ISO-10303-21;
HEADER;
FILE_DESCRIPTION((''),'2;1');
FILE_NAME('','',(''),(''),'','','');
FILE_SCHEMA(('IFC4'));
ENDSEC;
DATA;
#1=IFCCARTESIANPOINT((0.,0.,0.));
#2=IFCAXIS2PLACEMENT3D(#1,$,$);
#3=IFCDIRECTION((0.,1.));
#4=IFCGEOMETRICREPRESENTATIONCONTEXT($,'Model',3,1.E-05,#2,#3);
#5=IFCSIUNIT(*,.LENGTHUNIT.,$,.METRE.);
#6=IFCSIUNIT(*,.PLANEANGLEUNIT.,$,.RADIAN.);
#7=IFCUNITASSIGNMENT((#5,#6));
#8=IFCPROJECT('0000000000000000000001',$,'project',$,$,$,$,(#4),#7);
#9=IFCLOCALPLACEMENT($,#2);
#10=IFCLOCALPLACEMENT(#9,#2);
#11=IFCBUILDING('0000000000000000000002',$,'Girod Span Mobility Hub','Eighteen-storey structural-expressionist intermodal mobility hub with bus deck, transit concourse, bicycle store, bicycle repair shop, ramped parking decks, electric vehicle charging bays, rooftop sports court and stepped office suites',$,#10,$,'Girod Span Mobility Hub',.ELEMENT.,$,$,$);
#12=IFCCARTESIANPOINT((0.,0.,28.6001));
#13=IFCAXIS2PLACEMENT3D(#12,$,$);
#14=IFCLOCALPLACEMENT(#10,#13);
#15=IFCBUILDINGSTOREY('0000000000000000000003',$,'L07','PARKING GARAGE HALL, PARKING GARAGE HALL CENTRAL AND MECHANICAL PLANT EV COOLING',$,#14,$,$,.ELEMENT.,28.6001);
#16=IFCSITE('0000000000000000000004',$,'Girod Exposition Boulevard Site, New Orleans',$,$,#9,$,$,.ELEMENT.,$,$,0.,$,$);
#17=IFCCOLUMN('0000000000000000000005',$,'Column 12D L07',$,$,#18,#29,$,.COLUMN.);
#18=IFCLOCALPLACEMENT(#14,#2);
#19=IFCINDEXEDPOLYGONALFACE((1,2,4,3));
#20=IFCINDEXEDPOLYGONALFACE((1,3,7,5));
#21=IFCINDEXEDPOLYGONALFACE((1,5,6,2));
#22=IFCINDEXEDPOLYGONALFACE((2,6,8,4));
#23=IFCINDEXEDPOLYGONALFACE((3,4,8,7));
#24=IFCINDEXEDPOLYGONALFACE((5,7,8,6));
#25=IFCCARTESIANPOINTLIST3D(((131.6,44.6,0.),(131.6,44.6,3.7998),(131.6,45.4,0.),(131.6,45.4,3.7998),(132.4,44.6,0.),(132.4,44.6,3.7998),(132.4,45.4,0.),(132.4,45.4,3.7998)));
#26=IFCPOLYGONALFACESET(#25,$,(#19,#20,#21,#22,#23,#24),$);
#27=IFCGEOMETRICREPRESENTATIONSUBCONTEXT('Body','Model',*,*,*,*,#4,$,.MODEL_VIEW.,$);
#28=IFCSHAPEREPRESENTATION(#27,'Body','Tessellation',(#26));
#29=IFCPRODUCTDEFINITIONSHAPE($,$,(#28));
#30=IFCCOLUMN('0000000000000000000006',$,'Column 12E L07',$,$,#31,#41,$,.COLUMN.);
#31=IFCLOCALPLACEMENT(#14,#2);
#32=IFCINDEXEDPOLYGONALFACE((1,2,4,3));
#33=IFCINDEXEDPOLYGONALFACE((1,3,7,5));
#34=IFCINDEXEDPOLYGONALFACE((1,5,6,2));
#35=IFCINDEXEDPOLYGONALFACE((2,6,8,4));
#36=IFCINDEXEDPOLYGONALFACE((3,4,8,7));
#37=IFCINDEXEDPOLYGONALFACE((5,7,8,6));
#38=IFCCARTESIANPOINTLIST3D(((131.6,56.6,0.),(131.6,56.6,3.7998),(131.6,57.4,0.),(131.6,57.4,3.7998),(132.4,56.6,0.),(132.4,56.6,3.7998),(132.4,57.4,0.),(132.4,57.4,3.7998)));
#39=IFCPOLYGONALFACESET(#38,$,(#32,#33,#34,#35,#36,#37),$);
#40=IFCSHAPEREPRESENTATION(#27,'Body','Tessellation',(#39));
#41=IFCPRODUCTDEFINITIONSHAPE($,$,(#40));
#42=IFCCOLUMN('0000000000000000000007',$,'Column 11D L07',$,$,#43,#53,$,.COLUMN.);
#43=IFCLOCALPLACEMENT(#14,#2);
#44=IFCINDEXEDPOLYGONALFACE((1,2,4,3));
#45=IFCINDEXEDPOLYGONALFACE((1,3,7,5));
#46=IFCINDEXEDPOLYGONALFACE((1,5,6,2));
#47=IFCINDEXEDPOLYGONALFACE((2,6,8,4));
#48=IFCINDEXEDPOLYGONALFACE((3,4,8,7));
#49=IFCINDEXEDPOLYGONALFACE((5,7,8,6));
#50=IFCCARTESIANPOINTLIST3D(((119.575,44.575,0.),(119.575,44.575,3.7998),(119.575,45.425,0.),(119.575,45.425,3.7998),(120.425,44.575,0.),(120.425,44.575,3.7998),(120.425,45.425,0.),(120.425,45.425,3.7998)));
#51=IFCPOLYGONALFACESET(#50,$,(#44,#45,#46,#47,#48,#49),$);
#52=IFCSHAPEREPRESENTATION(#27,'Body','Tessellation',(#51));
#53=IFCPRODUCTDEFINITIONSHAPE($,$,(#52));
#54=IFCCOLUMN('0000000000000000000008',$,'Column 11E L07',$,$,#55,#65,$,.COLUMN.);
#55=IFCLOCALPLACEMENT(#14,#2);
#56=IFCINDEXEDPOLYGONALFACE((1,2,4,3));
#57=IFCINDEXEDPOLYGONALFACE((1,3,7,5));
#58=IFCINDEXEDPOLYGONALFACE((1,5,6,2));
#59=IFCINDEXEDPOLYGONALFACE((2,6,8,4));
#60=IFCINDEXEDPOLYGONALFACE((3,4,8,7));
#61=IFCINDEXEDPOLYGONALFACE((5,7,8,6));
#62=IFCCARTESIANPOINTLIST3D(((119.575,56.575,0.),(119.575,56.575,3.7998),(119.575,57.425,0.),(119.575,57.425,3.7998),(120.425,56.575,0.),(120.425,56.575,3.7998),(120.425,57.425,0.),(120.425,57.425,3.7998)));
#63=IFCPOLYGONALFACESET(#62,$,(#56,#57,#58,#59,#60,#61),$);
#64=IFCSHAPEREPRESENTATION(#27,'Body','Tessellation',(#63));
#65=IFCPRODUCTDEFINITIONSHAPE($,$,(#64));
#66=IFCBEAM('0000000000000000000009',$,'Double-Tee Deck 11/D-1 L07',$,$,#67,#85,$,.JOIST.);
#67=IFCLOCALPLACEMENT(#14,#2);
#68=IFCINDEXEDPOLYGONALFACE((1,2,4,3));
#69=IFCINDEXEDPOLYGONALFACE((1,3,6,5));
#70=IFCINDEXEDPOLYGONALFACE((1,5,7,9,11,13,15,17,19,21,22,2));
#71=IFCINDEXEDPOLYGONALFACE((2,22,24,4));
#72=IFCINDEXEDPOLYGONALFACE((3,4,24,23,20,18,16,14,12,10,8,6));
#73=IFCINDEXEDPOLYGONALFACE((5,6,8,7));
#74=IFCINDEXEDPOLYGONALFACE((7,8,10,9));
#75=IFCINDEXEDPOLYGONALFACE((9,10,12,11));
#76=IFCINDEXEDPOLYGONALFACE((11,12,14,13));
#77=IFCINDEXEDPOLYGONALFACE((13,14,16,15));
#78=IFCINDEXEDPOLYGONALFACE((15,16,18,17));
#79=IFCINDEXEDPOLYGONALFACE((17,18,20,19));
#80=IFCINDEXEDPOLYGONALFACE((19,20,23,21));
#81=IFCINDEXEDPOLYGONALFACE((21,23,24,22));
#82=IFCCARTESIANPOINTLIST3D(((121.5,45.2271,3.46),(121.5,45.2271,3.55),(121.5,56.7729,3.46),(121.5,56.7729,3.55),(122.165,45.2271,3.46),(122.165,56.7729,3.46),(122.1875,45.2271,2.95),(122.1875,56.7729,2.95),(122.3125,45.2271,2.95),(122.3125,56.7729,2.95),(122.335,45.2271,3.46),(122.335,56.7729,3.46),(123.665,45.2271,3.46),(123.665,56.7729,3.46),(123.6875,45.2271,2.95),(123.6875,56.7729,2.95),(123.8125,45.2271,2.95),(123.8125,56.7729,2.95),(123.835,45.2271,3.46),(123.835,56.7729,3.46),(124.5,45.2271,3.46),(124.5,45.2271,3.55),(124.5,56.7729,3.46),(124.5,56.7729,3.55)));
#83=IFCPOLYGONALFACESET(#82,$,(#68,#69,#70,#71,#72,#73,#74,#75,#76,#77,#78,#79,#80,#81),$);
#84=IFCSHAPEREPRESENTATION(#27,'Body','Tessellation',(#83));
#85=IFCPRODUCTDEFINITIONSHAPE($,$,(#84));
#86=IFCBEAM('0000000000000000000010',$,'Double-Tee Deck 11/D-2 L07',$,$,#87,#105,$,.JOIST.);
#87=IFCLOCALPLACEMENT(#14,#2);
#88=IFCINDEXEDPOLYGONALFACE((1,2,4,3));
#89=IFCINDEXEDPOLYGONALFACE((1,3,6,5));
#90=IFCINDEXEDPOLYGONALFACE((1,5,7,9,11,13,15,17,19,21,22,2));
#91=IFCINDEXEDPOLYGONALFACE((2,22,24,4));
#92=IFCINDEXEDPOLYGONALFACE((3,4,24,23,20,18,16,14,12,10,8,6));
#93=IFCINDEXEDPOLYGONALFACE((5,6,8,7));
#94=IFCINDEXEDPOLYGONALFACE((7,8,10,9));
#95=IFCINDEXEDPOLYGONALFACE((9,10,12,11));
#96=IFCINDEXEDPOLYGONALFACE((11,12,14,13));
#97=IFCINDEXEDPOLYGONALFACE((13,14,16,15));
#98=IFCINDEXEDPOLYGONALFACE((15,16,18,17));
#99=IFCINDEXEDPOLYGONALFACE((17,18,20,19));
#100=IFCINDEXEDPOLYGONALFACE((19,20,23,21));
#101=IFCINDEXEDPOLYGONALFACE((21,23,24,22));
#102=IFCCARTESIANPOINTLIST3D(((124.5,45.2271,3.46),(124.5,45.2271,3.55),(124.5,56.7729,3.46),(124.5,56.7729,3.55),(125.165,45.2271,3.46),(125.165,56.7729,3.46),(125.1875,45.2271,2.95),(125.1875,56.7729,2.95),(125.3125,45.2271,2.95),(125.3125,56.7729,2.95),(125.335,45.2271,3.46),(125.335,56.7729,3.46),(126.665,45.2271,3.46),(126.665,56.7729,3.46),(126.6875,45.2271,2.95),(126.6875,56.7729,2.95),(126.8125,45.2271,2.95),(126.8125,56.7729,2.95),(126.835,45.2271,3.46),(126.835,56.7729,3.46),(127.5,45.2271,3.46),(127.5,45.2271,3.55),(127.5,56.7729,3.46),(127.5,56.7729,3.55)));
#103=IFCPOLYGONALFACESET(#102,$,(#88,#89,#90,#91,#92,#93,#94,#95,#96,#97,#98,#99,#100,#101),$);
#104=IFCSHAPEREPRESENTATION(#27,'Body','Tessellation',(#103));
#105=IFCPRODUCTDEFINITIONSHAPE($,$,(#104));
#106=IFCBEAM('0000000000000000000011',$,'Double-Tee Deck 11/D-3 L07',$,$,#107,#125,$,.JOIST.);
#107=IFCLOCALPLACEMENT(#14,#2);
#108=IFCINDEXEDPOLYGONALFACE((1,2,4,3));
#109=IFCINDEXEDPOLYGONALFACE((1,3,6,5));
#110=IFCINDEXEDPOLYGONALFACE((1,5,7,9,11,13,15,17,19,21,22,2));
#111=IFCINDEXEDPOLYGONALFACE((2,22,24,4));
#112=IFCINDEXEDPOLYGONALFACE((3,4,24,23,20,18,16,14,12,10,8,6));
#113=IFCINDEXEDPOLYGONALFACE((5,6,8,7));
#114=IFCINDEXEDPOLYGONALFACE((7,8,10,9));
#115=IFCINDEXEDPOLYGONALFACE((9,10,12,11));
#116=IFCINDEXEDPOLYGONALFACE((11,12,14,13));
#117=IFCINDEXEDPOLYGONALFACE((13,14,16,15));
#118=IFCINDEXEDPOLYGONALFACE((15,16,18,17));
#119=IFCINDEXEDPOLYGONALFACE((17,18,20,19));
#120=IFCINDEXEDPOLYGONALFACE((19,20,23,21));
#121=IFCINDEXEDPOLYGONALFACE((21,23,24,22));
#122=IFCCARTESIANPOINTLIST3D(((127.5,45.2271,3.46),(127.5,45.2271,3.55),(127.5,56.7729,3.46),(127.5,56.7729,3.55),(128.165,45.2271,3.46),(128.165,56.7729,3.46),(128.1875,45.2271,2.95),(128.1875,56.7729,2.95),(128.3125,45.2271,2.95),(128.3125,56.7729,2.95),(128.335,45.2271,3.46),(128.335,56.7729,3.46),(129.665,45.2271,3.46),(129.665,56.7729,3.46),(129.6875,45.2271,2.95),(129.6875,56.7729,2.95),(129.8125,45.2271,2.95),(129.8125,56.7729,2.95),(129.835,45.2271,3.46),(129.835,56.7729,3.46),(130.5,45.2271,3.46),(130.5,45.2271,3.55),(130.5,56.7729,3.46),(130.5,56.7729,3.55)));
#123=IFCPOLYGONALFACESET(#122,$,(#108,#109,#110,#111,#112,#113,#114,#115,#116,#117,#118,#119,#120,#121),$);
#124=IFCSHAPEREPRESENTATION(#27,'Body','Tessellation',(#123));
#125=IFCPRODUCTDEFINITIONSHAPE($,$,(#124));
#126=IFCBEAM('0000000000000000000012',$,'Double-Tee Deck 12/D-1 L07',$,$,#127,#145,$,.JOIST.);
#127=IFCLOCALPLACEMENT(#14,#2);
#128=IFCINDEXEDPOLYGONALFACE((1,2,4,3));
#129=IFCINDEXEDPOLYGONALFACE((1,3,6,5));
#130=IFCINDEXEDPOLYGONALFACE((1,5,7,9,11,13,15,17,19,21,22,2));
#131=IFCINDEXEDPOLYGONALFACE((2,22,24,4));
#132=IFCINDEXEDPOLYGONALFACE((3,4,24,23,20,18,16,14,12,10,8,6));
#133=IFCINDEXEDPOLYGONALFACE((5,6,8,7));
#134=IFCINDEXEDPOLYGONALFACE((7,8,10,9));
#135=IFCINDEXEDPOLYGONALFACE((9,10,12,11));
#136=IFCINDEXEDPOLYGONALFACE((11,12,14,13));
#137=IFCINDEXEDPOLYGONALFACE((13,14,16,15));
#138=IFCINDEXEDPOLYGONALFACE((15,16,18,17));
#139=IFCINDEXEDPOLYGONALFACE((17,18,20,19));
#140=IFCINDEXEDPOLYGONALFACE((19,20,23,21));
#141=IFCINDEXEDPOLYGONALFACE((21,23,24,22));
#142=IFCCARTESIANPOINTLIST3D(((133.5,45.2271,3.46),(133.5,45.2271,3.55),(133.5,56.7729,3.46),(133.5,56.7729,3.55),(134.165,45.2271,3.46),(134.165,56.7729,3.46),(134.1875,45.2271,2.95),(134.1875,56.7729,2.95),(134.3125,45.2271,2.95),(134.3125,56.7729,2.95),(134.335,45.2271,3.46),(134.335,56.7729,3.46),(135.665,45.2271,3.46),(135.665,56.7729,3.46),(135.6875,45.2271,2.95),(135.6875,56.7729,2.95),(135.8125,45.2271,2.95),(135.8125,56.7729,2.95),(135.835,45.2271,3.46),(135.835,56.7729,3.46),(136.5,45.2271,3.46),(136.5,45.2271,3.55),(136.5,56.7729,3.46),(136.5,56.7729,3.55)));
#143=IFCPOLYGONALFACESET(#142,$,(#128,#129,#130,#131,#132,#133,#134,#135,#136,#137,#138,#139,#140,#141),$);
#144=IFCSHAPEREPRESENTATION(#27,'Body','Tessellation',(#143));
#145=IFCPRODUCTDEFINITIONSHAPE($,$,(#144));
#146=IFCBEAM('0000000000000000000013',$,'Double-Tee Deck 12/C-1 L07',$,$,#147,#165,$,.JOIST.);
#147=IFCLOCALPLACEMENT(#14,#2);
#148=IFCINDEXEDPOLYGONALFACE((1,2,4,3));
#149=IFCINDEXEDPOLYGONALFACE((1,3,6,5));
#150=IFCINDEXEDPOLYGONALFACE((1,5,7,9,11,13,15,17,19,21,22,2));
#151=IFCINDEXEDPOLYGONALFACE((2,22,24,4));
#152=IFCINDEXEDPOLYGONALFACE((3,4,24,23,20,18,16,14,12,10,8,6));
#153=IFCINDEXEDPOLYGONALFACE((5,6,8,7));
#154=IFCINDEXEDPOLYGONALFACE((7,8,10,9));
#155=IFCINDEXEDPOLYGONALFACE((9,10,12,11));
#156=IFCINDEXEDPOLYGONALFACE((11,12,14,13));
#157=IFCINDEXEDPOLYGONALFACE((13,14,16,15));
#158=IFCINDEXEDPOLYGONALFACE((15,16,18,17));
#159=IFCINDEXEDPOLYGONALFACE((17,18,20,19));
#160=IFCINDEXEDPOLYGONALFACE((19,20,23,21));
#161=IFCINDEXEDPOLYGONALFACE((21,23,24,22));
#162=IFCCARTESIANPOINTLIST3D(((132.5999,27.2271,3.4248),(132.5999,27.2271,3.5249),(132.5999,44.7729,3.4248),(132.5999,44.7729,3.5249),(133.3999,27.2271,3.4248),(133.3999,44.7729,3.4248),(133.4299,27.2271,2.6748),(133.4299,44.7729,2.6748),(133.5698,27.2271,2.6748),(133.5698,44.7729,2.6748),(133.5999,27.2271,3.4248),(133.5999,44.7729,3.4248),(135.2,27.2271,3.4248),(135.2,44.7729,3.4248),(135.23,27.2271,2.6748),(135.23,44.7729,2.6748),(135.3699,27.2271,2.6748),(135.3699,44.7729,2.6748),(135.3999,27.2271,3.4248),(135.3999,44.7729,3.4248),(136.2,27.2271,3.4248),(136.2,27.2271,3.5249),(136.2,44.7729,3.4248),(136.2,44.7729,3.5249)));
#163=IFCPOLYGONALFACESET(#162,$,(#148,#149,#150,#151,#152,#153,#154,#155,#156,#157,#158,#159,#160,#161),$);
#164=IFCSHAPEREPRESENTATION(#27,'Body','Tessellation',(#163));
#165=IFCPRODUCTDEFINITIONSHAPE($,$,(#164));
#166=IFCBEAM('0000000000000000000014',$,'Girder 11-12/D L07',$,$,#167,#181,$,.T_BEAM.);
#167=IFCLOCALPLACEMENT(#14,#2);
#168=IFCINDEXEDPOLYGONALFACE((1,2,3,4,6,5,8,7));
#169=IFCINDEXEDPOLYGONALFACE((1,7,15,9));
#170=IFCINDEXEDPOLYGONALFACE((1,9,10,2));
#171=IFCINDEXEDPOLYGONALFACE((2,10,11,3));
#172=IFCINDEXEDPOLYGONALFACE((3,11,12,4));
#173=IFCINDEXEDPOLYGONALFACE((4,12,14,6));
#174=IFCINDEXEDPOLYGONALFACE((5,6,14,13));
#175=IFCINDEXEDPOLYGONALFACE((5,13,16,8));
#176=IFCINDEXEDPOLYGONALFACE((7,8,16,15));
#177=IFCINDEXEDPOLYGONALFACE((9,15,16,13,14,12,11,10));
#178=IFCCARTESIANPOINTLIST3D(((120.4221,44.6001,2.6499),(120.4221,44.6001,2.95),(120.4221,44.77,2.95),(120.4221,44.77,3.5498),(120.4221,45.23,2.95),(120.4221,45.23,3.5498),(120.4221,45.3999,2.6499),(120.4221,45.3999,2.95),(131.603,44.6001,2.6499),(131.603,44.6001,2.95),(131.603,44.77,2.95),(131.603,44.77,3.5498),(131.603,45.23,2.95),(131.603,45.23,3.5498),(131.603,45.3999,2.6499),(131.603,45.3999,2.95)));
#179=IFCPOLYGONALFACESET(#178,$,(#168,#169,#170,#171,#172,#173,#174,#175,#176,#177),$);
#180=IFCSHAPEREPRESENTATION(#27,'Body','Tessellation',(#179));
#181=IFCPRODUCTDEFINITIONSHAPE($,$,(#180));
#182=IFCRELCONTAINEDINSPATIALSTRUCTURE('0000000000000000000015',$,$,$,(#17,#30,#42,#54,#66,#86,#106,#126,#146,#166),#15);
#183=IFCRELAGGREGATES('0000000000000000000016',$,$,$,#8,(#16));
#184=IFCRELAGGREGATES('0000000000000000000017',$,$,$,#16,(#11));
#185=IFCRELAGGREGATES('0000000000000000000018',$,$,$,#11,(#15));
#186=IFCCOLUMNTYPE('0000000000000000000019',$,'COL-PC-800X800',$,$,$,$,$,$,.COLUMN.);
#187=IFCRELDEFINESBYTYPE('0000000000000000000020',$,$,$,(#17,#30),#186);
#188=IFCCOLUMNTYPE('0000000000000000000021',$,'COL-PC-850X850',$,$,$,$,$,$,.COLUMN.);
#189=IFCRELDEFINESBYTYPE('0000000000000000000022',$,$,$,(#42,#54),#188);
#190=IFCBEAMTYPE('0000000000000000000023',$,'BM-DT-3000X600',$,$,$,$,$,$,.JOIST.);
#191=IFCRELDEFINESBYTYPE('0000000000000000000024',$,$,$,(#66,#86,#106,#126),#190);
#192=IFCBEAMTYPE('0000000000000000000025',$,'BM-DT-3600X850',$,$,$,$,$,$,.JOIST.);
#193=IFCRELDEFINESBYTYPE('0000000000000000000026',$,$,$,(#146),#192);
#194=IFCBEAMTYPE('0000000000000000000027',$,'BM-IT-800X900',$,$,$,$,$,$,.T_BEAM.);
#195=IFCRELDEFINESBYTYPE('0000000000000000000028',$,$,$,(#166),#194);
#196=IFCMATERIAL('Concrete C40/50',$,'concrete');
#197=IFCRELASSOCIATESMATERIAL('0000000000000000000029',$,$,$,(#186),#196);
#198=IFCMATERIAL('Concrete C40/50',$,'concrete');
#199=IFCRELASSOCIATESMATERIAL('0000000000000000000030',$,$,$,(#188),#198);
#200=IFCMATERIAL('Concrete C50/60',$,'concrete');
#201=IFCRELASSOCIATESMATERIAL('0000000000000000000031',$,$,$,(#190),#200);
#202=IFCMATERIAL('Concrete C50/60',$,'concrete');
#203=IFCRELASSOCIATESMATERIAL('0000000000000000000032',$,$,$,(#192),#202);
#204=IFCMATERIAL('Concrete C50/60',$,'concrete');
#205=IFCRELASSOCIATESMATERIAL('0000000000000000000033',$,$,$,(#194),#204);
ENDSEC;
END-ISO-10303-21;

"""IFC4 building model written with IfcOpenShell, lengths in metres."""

from ifc_helpers import new_model, si_unit, direction, frame, origin, origin_2d, place, context, subcontext, project, spatial, polyline, rectangle, outline, extrude, material, material_profile, profile_set, type_object, element, save


model = new_model("IFC4")

# Units and contexts
model_context = context("Model", 3, precision=1e-05, world=origin(), true_north=direction((0.0, 1.0)))
body_context = subcontext(model_context, "Body", "Model", "MODEL_VIEW")
ifc_project = project(units=[si_unit("LENGTHUNIT", "METRE"), si_unit("PLANEANGLEUNIT", "RADIAN")], contexts=[model_context])

# Site, building, storey
site_placement = place(None, origin())
site = spatial("IfcSite", under=ifc_project, at=site_placement, Name="Girod Exposition Boulevard Site, New Orleans", CompositionType="ELEMENT", RefElevation=0.0)
building_placement = place(site_placement, origin())
building = spatial("IfcBuilding", under=site, at=building_placement, Name="Girod Span Mobility Hub", Description="Eighteen-storey structural-expressionist intermodal mobility hub with bus deck, transit concourse, bicycle store, bicycle repair shop, ramped parking decks, electric vehicle charging bays, rooftop sports court and stepped office suites", LongName="Girod Span Mobility Hub", CompositionType="ELEMENT")
storey_placement = place(building_placement, frame((0.0, 0.0, 28.6001)))
storey = spatial("IfcBuildingStorey", under=building, at=storey_placement, Name="L07", Description="PARKING GARAGE HALL, PARKING GARAGE HALL CENTRAL AND MECHANICAL PLANT EV COOLING", CompositionType="ELEMENT", Elevation=28.6001)

# Columns
ifc_material_1 = material(Name="Concrete C40/50", Category="concrete")
ifc_material_profile_1 = material_profile(ifc_material_1, rectangle(XDim=0.8, YDim=0.8, at=origin_2d()), Name="PC-COL-800X800")
ifc_profile_set_1 = profile_set([ifc_material_profile_1], Name="Concrete C40/50")
column_type_1 = type_object("IfcColumnType", Name="COL-PC-800X800", PredefinedType="COLUMN", material=ifc_profile_set_1)
for number, where, z_axis, x_axis, name in (
    (1, (132.0, 45.0, 0.0), (0.0, 0.0, 1.0), (1.0, 0.0, 0.0), "Column 12D L07"),
    (2, (132.0, 57.0, 0.0), (0.0, 0.0, 1.0), (1.0, 0.0, 0.0), "Column 12E L07"),
):
    element("IfcColumn", number, at=place(storey_placement, frame(where, z_axis=z_axis, x_axis=x_axis)), inside=storey, type_object=column_type_1, Name=name, PredefinedType="COLUMN", context=body_context, shape_type="SweptSolid", body=[
        extrude(rectangle(XDim=0.8, YDim=0.8, at=origin_2d()), origin(), (0.0, 0.0, 1.0), 3.7998),
    ])
ifc_material_2 = material(Name="Concrete C40/50", Category="concrete")
ifc_material_profile_2 = material_profile(ifc_material_2, rectangle(XDim=0.8501, YDim=0.8501, at=origin_2d()), Name="PC-COL-850X850")
ifc_profile_set_2 = profile_set([ifc_material_profile_2], Name="Concrete C40/50")
column_type_2 = type_object("IfcColumnType", Name="COL-PC-850X850", PredefinedType="COLUMN", material=ifc_profile_set_2)
for number, where, z_axis, x_axis, name in (
    (3, (120.0, 45.0, 0.0), (0.0, 0.0, 1.0), (1.0, 0.0, 0.0), "Column 11D L07"),
    (4, (120.0, 57.0, 0.0), (0.0, 0.0, 1.0), (1.0, 0.0, 0.0), "Column 11E L07"),
):
    element("IfcColumn", number, at=place(storey_placement, frame(where, z_axis=z_axis, x_axis=x_axis)), inside=storey, type_object=column_type_2, Name=name, PredefinedType="COLUMN", context=body_context, shape_type="SweptSolid", body=[
        extrude(rectangle(XDim=0.8501, YDim=0.8501, at=origin_2d()), origin(), (0.0, 0.0, 1.0), 3.7998),
    ])

# Beams
ifc_material_3 = material(Name="Concrete C50/60", Category="concrete")
ifc_material_profile_3 = material_profile(ifc_material_3, outline(polyline([(-1.5, 0.3), (-1.5, 0.21), (-0.835, 0.21), (-0.8125, -0.3), (-0.6875, -0.3), (-0.665, 0.21), (0.665, 0.21), (0.6875, -0.3), (0.8125, -0.3), (0.835, 0.21), (1.5, 0.21), (1.5, 0.3), (-1.5, 0.3)])), Name="DT-3000X600")
ifc_profile_set_3 = profile_set([ifc_material_profile_3], Name="Concrete C50/60")
beam_type_1 = type_object("IfcBeamType", Name="BM-DT-3000X600", PredefinedType="JOIST", material=ifc_profile_set_3)
for number, where, z_axis, x_axis, name in (
    (5, (123.0, 45.2271, 3.25), (0.0, 1.0, 0.0), (-1.0, 0.0, 0.0), "Double-Tee Deck 11/D-1 L07"),
    (6, (126.0, 45.2271, 3.25), (0.0, 1.0, 0.0), (-1.0, 0.0, 0.0), "Double-Tee Deck 11/D-2 L07"),
    (7, (129.0, 45.2271, 3.25), (0.0, 1.0, 0.0), (-1.0, 0.0, 0.0), "Double-Tee Deck 11/D-3 L07"),
    (8, (135.0, 45.2271, 3.25), (0.0, 1.0, 0.0), (-1.0, 0.0, 0.0), "Double-Tee Deck 12/D-1 L07"),
):
    element("IfcBeam", number, at=place(storey_placement, frame(where, z_axis=z_axis, x_axis=x_axis)), inside=storey, type_object=beam_type_1, Name=name, PredefinedType="JOIST", context=body_context, shape_type="SweptSolid", body=[
        extrude(outline(polyline([(-1.5, 0.3), (-1.5, 0.21), (-0.835, 0.21), (-0.8125, -0.3), (-0.6875, -0.3), (-0.665, 0.21), (0.665, 0.21), (0.6875, -0.3), (0.8125, -0.3), (0.835, 0.21), (1.5, 0.21), (1.5, 0.3), (-1.5, 0.3)])), origin(), (0.0, 0.0, 1.0), 11.5459),
    ])
ifc_material_4 = material(Name="Concrete C50/60", Category="concrete")
ifc_material_profile_4 = material_profile(ifc_material_4, outline(polyline([(-1.8, 0.425), (-1.8, 0.325), (-1.0, 0.325), (-0.97, -0.425), (-0.8301, -0.425), (-0.8, 0.325), (0.8, 0.325), (0.8301, -0.425), (0.97, -0.425), (1.0, 0.325), (1.8, 0.325), (1.8, 0.425), (-1.8, 0.425)])), Name="DT-3600X850")
ifc_profile_set_4 = profile_set([ifc_material_profile_4], Name="Concrete C50/60")
beam_type_2 = type_object("IfcBeamType", Name="BM-DT-3600X850", PredefinedType="JOIST", material=ifc_profile_set_4)
beam_1_placement = place(storey_placement, frame((134.3999, 27.2271, 3.0999), z_axis=(0.0, 1.0, 0.0), x_axis=(-1.0, 0.0, 0.0)))
element("IfcBeam", 9, at=beam_1_placement, inside=storey, type_object=beam_type_2, Name="Double-Tee Deck 12/C-1 L07", PredefinedType="JOIST", context=body_context, shape_type="SweptSolid", body=[
    extrude(outline(polyline([(-1.8, 0.425), (-1.8, 0.325), (-1.0, 0.325), (-0.97, -0.425), (-0.8301, -0.425), (-0.8, 0.325), (0.8, 0.325), (0.8301, -0.425), (0.97, -0.425), (1.0, 0.325), (1.8, 0.325), (1.8, 0.425), (-1.8, 0.425)])), origin(), (0.0, 0.0, 1.0), 17.5459),
])
ifc_material_5 = material(Name="Concrete C50/60", Category="concrete")
ifc_material_profile_5 = material_profile(ifc_material_5, outline(polyline([(-0.3999, -0.45), (0.3999, -0.45), (0.3999, -0.1499), (0.23, -0.1499), (0.23, 0.45), (-0.23, 0.45), (-0.23, -0.1499), (-0.3999, -0.1499), (-0.3999, -0.45)])), Name="IT-800X900")
ifc_profile_set_5 = profile_set([ifc_material_profile_5], Name="Concrete C50/60")
beam_type_3 = type_object("IfcBeamType", Name="BM-IT-800X900", PredefinedType="T_BEAM", material=ifc_profile_set_5)
beam_2_placement = place(storey_placement, frame((120.4221, 45.0, 3.0999), z_axis=(1.0, 0.0, 0.0), x_axis=(0.0, 1.0, 0.0)))
element("IfcBeam", 10, at=beam_2_placement, inside=storey, type_object=beam_type_3, Name="Girder 11-12/D L07", PredefinedType="T_BEAM", context=body_context, shape_type="SweptSolid", body=[
    extrude(outline(polyline([(-0.3999, -0.45), (0.3999, -0.45), (0.3999, -0.1499), (0.23, -0.1499), (0.23, 0.45), (-0.23, 0.45), (-0.23, -0.1499), (-0.3999, -0.1499), (-0.3999, -0.45)])), origin(), (0.0, 0.0, 1.0), 11.1809),
])

save(model, "model.ifc")
